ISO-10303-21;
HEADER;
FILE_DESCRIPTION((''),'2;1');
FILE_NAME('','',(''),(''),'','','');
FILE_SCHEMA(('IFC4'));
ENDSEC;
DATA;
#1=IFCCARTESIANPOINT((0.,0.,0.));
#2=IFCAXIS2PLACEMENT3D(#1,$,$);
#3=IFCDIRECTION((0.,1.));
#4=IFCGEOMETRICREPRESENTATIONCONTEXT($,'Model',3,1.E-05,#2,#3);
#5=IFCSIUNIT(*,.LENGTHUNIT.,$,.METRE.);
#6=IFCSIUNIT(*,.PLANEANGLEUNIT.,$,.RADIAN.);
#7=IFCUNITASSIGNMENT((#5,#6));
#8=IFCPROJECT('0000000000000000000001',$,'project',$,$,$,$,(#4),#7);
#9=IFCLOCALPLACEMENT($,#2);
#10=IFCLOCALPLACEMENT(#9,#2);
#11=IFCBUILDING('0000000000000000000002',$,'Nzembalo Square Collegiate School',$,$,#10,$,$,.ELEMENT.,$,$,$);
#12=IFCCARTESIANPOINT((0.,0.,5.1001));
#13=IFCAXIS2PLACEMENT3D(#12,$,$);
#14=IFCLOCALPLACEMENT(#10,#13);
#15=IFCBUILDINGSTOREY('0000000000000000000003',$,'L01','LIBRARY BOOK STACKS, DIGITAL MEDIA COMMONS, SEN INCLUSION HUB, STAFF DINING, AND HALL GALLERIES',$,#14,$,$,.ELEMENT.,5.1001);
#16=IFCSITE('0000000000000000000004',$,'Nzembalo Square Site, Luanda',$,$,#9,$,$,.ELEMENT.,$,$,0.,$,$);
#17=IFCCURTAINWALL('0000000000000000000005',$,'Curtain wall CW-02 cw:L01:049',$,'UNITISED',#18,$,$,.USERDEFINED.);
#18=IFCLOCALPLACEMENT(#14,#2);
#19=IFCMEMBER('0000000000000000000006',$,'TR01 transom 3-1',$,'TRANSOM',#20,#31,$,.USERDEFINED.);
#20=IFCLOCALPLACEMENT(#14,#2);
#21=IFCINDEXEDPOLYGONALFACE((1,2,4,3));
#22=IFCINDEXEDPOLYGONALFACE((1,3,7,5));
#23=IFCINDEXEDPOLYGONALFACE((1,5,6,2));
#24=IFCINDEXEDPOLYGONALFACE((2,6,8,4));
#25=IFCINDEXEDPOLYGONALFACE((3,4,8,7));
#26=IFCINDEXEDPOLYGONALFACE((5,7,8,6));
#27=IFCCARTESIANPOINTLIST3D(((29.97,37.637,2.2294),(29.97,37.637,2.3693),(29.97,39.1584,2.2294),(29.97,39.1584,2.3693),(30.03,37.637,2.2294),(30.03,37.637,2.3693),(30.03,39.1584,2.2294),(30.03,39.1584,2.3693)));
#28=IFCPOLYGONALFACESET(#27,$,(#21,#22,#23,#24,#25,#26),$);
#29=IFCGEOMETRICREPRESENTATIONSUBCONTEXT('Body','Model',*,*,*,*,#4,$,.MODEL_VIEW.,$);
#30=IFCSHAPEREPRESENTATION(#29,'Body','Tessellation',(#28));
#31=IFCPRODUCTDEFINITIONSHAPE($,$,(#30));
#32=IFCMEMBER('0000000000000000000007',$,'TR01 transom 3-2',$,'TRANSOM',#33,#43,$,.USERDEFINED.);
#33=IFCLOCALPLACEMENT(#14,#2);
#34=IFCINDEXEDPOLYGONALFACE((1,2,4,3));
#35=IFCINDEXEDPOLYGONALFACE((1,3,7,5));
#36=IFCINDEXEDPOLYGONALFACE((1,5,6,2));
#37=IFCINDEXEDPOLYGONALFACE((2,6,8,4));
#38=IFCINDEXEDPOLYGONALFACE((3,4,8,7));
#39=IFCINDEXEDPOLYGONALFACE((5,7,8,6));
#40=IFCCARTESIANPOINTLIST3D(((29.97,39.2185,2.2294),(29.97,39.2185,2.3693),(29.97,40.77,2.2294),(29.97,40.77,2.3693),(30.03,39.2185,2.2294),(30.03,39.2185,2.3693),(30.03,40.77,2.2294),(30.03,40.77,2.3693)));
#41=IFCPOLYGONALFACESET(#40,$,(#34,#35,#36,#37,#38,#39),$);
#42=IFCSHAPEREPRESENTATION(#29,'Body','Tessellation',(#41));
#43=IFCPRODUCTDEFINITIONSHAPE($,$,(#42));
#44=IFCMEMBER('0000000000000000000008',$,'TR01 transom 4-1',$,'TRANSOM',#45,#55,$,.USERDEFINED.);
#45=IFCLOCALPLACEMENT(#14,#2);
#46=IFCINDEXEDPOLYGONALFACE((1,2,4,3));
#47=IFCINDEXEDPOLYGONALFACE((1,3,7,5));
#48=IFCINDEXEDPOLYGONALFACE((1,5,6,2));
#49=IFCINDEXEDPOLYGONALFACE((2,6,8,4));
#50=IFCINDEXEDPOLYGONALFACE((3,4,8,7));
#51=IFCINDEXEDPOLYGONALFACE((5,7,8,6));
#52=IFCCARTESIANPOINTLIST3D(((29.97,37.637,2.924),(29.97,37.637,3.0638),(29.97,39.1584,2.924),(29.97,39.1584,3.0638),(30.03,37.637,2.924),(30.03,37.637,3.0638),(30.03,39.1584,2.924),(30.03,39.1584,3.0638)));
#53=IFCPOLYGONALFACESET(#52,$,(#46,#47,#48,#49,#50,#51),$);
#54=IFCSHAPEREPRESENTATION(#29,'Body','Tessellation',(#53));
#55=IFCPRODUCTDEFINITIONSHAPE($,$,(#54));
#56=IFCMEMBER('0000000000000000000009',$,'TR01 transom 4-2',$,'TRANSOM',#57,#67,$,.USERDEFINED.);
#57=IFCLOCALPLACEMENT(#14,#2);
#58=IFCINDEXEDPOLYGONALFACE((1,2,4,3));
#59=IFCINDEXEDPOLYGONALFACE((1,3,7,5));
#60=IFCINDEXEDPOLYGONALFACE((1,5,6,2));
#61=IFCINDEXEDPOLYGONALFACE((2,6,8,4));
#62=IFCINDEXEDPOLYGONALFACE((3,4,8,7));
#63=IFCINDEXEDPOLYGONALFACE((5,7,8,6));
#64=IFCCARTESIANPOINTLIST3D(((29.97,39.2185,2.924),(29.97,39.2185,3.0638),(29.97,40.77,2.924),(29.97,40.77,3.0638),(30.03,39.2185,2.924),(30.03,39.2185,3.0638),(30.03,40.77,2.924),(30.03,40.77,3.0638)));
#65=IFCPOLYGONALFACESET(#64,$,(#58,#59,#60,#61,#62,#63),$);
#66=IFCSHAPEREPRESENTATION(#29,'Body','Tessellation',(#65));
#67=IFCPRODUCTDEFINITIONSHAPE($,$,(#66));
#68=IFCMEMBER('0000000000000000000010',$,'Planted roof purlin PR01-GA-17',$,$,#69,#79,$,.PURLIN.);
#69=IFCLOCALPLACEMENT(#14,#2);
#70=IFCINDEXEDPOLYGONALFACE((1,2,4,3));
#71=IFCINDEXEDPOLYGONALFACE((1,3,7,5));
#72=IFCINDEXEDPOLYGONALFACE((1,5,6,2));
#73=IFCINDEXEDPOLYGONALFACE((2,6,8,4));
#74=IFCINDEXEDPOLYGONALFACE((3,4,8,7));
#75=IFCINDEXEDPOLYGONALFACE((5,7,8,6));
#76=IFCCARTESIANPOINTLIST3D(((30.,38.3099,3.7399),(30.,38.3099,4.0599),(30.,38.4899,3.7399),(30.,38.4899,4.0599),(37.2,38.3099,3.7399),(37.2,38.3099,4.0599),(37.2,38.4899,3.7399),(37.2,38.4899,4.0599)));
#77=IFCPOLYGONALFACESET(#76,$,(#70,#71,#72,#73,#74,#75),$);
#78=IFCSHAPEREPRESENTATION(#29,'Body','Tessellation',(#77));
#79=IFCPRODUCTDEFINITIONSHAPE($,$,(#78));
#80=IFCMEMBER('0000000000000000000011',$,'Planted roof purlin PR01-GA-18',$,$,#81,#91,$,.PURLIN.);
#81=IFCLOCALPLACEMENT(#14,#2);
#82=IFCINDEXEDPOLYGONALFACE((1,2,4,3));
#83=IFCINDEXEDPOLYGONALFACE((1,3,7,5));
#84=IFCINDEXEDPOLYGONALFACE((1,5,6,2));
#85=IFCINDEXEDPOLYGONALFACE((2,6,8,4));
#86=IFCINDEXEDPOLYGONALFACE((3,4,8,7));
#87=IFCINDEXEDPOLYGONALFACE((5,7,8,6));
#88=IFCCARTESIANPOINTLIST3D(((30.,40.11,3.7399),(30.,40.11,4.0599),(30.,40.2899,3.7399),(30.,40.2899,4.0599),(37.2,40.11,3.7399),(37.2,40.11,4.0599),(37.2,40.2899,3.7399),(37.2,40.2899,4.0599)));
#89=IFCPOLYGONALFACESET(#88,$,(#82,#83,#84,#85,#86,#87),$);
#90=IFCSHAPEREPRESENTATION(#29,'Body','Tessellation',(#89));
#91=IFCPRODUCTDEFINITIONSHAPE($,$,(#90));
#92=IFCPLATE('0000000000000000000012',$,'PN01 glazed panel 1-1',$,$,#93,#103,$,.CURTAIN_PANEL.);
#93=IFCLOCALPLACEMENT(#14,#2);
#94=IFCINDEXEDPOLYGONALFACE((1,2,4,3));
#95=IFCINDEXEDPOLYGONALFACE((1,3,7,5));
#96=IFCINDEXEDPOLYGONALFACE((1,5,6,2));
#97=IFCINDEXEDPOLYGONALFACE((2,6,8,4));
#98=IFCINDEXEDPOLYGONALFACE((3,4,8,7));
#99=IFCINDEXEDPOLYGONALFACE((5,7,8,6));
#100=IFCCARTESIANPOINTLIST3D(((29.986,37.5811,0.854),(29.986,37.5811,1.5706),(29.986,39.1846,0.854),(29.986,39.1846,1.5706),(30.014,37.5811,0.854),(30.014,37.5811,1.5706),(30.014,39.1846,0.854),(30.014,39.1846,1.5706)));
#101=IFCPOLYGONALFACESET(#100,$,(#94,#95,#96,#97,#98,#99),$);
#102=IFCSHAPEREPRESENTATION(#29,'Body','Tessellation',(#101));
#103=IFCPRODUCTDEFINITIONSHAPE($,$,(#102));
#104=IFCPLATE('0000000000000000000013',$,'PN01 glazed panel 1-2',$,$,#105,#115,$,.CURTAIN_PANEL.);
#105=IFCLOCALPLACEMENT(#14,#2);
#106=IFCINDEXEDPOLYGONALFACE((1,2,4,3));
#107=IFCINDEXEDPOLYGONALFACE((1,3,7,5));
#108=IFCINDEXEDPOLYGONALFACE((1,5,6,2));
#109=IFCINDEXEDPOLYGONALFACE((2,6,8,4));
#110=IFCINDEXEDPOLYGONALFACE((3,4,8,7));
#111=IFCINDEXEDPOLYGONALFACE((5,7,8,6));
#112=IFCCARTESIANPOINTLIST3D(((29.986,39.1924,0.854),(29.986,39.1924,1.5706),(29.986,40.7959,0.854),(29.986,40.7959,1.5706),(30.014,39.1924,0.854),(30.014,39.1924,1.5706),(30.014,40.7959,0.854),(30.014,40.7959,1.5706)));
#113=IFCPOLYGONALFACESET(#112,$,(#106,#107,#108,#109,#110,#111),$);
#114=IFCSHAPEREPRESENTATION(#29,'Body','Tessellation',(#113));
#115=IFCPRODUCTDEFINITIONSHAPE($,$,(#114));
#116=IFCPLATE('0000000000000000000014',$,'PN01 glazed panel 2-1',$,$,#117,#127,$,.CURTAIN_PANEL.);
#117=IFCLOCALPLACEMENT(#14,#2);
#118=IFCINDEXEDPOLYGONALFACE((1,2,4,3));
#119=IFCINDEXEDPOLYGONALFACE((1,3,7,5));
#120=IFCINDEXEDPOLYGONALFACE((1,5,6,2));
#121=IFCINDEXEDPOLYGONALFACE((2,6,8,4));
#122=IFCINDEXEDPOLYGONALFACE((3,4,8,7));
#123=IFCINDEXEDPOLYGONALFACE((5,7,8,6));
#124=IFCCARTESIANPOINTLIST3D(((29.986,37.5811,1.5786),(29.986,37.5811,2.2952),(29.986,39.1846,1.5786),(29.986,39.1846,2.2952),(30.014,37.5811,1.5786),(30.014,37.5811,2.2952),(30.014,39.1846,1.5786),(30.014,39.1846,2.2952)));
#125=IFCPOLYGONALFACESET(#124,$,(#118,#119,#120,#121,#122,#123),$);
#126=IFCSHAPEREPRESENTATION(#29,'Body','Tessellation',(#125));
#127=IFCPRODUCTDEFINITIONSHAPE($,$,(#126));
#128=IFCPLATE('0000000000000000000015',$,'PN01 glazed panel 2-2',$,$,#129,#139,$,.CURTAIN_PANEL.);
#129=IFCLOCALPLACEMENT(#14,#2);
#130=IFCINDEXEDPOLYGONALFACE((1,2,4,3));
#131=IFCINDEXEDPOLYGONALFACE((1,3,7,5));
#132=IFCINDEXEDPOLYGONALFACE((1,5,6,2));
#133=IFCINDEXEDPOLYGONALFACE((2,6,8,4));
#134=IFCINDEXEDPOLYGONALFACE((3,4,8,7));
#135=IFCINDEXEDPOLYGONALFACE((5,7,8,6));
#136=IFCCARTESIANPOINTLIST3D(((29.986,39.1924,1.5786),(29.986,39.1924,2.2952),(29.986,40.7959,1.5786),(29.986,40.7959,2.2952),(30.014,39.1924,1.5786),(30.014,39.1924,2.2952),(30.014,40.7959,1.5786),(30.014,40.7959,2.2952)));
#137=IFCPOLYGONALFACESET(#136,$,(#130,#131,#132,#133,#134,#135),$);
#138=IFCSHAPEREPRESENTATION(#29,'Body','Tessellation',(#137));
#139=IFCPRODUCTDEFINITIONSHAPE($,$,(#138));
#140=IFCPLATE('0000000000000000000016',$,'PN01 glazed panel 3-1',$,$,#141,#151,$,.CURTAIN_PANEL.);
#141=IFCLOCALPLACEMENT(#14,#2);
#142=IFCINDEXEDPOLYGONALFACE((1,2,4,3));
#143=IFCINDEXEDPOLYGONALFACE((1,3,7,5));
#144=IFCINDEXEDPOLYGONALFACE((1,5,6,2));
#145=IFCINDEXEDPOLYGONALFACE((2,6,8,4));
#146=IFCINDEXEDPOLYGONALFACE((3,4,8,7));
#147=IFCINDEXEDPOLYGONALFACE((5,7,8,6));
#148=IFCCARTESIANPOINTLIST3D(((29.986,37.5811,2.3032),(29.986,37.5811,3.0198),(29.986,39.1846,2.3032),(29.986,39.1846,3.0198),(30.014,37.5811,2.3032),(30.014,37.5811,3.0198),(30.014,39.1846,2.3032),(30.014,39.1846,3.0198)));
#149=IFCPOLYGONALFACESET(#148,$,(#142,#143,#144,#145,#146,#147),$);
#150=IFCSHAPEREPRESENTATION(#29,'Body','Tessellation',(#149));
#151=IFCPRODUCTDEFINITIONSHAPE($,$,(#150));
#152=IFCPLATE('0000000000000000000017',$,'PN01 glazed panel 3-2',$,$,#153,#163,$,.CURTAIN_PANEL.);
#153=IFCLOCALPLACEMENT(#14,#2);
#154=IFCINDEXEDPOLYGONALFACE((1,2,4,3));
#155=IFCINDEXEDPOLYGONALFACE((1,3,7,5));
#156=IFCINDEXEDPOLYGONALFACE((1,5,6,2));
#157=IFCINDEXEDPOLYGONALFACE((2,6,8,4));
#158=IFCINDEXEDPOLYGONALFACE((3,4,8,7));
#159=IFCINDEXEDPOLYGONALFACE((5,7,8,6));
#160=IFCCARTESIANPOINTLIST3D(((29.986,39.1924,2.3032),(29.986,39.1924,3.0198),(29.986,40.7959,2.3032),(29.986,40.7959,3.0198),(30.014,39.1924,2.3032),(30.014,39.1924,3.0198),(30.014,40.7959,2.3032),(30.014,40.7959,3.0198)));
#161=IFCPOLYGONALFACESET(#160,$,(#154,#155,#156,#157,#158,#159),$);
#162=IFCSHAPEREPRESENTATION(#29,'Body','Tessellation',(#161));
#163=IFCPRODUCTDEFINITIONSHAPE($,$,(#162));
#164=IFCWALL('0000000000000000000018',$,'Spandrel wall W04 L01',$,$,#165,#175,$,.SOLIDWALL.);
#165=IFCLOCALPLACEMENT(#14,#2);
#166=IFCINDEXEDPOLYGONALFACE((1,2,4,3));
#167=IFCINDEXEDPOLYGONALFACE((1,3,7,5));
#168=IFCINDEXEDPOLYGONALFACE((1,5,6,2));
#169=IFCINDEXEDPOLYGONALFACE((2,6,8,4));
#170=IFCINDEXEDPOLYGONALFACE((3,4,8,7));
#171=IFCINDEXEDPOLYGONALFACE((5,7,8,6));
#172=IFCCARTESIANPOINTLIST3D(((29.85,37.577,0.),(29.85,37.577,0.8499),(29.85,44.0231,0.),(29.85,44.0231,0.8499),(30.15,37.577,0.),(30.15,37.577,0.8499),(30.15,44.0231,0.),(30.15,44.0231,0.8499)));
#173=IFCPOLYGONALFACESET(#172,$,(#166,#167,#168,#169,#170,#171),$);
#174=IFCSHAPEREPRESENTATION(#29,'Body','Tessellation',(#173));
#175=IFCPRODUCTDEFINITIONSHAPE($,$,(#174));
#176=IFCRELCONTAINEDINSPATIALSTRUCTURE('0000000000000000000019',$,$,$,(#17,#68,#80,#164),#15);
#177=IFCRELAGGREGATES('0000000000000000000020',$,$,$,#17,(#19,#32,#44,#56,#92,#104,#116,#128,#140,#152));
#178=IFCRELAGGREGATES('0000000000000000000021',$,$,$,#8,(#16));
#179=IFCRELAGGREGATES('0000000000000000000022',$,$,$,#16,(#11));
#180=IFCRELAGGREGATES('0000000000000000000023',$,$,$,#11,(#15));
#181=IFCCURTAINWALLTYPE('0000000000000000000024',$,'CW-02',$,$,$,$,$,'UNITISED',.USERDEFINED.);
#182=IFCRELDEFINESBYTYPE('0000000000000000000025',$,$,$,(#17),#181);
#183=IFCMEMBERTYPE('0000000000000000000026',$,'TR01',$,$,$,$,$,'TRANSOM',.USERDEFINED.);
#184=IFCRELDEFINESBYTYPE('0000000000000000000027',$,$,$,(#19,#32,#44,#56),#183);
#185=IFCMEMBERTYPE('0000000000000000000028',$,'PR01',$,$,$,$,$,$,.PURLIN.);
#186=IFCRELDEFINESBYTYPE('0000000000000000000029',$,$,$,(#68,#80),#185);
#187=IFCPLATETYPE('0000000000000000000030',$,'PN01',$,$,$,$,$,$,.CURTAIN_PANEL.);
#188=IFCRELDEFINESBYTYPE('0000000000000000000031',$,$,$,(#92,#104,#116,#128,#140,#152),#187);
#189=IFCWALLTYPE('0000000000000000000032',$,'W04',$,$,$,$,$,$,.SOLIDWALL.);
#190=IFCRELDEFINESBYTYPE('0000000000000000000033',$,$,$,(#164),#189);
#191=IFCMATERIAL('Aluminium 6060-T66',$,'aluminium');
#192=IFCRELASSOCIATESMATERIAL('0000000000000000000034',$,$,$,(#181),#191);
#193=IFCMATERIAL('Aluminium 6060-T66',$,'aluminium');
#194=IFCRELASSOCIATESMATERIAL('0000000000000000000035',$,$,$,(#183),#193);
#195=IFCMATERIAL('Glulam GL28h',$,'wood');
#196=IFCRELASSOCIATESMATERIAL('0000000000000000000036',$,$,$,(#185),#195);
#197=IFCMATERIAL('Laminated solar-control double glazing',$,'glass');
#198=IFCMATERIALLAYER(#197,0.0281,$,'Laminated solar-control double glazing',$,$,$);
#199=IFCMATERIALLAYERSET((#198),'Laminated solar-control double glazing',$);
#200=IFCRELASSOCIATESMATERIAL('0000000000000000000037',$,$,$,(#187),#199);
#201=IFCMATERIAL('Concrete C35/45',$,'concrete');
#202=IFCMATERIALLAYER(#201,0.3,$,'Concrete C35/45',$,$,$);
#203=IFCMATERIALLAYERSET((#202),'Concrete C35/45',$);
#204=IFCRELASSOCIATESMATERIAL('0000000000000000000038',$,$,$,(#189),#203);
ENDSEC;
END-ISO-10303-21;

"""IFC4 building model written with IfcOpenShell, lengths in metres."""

from ifc_helpers import new_model, si_unit, direction, frame, frame_2d, origin, origin_2d, place, context, subcontext, project, spatial, rectangle, extrude, material, layer, layer_set, material_profile, profile_set, type_object, element, aggregate, save


model = new_model("IFC4")

# Units and contexts
model_context = context("Model", 3, precision=1e-05, world=origin(), true_north=direction((0.0, 1.0)))
body_context = subcontext(model_context, "Body", "Model", "MODEL_VIEW")
ifc_project = project(units=[si_unit("LENGTHUNIT", "METRE"), si_unit("PLANEANGLEUNIT", "RADIAN")], contexts=[model_context])

# Site, building, storey
site_placement = place(None, origin())
site = spatial("IfcSite", under=ifc_project, at=site_placement, Name="Nzembalo Square Site, Luanda", CompositionType="ELEMENT", RefElevation=0.0)
building_placement = place(site_placement, origin())
building = spatial("IfcBuilding", under=site, at=building_placement, Name="Nzembalo Square Collegiate School", CompositionType="ELEMENT")
storey_placement = place(building_placement, frame((0.0, 0.0, 5.1001)))
storey = spatial("IfcBuildingStorey", under=building, at=storey_placement, Name="L01", Description="LIBRARY BOOK STACKS, DIGITAL MEDIA COMMONS, SEN INCLUSION HUB, STAFF DINING, AND HALL GALLERIES", CompositionType="ELEMENT", Elevation=5.1001)

# Curtain wall, members
ifc_material_1 = material(Name="Aluminium 6060-T66", Category="aluminium")
curtain_wall_type_1 = type_object("IfcCurtainWallType", Name="CW-02", ElementType="UNITISED", PredefinedType="USERDEFINED", material=ifc_material_1)
curtain_wall_1_placement = place(storey_placement, origin())
curtain_wall_1 = element("IfcCurtainWall", 1, at=curtain_wall_1_placement, inside=storey, type_object=curtain_wall_type_1, Name="Curtain wall CW-02 cw:L01:049", ObjectType="UNITISED", PredefinedType="USERDEFINED")
ifc_material_2 = material(Name="Aluminium 6060-T66", Category="aluminium")
ifc_material_profile_1 = material_profile(ifc_material_2, rectangle(XDim=0.0601, YDim=0.1399, at=origin_2d()), Name="ALU T60x140")
ifc_profile_set_1 = profile_set([ifc_material_profile_1], Name="Aluminium 6060-T66")
member_type_1 = type_object("IfcMemberType", Name="TR01", ElementType="TRANSOM", PredefinedType="USERDEFINED", material=ifc_profile_set_1)
member_1_placement = place(storey_placement, frame((30.0, 37.637, 2.2993), z_axis=(0.0, 1.0, 0.0), x_axis=(-1.0, 0.0, 0.0)))
member_1 = element("IfcMember", 2, at=member_1_placement, type_object=member_type_1, Name="TR01 transom 3-1", ObjectType="TRANSOM", PredefinedType="USERDEFINED", context=body_context, shape_type="SweptSolid", body=[
    extrude(rectangle(XDim=0.0601, YDim=0.1399, at=origin_2d()), origin(), (0.0, 0.0, 1.0), 1.5215),
])
member_2_placement = place(storey_placement, frame((30.0, 39.2185, 2.2993), z_axis=(0.0, 1.0, 0.0), x_axis=(-1.0, 0.0, 0.0)))
member_2 = element("IfcMember", 3, at=member_2_placement, type_object=member_type_1, Name="TR01 transom 3-2", ObjectType="TRANSOM", PredefinedType="USERDEFINED", context=body_context, shape_type="SweptSolid", body=[
    extrude(rectangle(XDim=0.0601, YDim=0.1399, at=origin_2d()), origin(), (0.0, 0.0, 1.0), 1.5515),
])
member_3_placement = place(storey_placement, frame((30.0, 37.637, 2.9939), z_axis=(0.0, 1.0, 0.0), x_axis=(-1.0, 0.0, 0.0)))
member_3 = element("IfcMember", 4, at=member_3_placement, type_object=member_type_1, Name="TR01 transom 4-1", ObjectType="TRANSOM", PredefinedType="USERDEFINED", context=body_context, shape_type="SweptSolid", body=[
    extrude(rectangle(XDim=0.0601, YDim=0.1399, at=origin_2d()), origin(), (0.0, 0.0, 1.0), 1.5215),
])
member_4_placement = place(storey_placement, frame((30.0, 39.2185, 2.9939), z_axis=(0.0, 1.0, 0.0), x_axis=(-1.0, 0.0, 0.0)))
member_4 = element("IfcMember", 5, at=member_4_placement, type_object=member_type_1, Name="TR01 transom 4-2", ObjectType="TRANSOM", PredefinedType="USERDEFINED", context=body_context, shape_type="SweptSolid", body=[
    extrude(rectangle(XDim=0.0601, YDim=0.1399, at=origin_2d()), origin(), (0.0, 0.0, 1.0), 1.5515),
])

# Members
ifc_material_3 = material(Name="Glulam GL28h", Category="wood")
ifc_material_profile_2 = material_profile(ifc_material_3, rectangle(XDim=0.1799, YDim=0.3201, at=origin_2d()), Name="GL28h 180x320")
ifc_profile_set_2 = profile_set([ifc_material_profile_2], Name="Glulam GL28h")
member_type_2 = type_object("IfcMemberType", Name="PR01", PredefinedType="PURLIN", material=ifc_profile_set_2)
for number, where, z_axis, x_axis, name in (
    (6, (30.0, 38.3999, 3.8999), (1.0, 0.0, 0.0), (0.0, 1.0, 0.0), "Planted roof purlin PR01-GA-17"),
    (7, (30.0, 40.2, 3.8999), (1.0, 0.0, 0.0), (0.0, 1.0, 0.0), "Planted roof purlin PR01-GA-18"),
):
    element("IfcMember", number, at=place(storey_placement, frame(where, z_axis=z_axis, x_axis=x_axis)), inside=storey, type_object=member_type_2, Name=name, PredefinedType="PURLIN", context=body_context, shape_type="SweptSolid", body=[
        extrude(rectangle(XDim=0.1799, YDim=0.3201, at=origin_2d()), origin(), (0.0, 0.0, 1.0), 7.2),
    ])

# Plates
ifc_material_4 = material(Name="Laminated solar-control double glazing", Category="glass")
ifc_layer_1 = layer(ifc_material_4, 0.0281, Name="Laminated solar-control double glazing")
ifc_layer_set_1 = layer_set([ifc_layer_1], Name="Laminated solar-control double glazing")
plate_type = type_object("IfcPlateType", Name="PN01", PredefinedType="CURTAIN_PANEL", material=ifc_layer_set_1)
plate_1_placement = place(storey_placement, frame((30.0, 38.3828, 0.854), z_axis=(0.0, 0.0, 1.0), x_axis=(0.0, 1.0, 0.0)))
plate_1 = element("IfcPlate", 8, at=plate_1_placement, type_object=plate_type, Name="PN01 glazed panel 1-1", PredefinedType="CURTAIN_PANEL", context=body_context, shape_type="SweptSolid", body=[
    extrude(rectangle(XDim=1.6035, YDim=0.0281, at=origin_2d()), origin(), (0.0, 0.0, 1.0), 0.7166),
])
plate_2_placement = place(storey_placement, frame((30.0, 39.9941, 0.854), z_axis=(0.0, 0.0, 1.0), x_axis=(0.0, 1.0, 0.0)))
plate_2 = element("IfcPlate", 9, at=plate_2_placement, type_object=plate_type, Name="PN01 glazed panel 1-2", PredefinedType="CURTAIN_PANEL", context=body_context, shape_type="SweptSolid", body=[
    extrude(rectangle(XDim=1.6035, YDim=0.0281, at=origin_2d()), origin(), (0.0, 0.0, 1.0), 0.7166),
])
plate_3_placement = place(storey_placement, frame((30.0, 38.3828, 1.5786), z_axis=(0.0, 0.0, 1.0), x_axis=(0.0, 1.0, 0.0)))
plate_3 = element("IfcPlate", 10, at=plate_3_placement, type_object=plate_type, Name="PN01 glazed panel 2-1", PredefinedType="CURTAIN_PANEL", context=body_context, shape_type="SweptSolid", body=[
    extrude(rectangle(XDim=1.6035, YDim=0.0281, at=origin_2d()), origin(), (0.0, 0.0, 1.0), 0.7166),
])
plate_4_placement = place(storey_placement, frame((30.0, 39.9941, 1.5786), z_axis=(0.0, 0.0, 1.0), x_axis=(0.0, 1.0, 0.0)))
plate_4 = element("IfcPlate", 11, at=plate_4_placement, type_object=plate_type, Name="PN01 glazed panel 2-2", PredefinedType="CURTAIN_PANEL", context=body_context, shape_type="SweptSolid", body=[
    extrude(rectangle(XDim=1.6035, YDim=0.0281, at=origin_2d()), origin(), (0.0, 0.0, 1.0), 0.7166),
])
plate_5_placement = place(storey_placement, frame((30.0, 38.3828, 2.3032), z_axis=(0.0, 0.0, 1.0), x_axis=(0.0, 1.0, 0.0)))
plate_5 = element("IfcPlate", 12, at=plate_5_placement, type_object=plate_type, Name="PN01 glazed panel 3-1", PredefinedType="CURTAIN_PANEL", context=body_context, shape_type="SweptSolid", body=[
    extrude(rectangle(XDim=1.6035, YDim=0.0281, at=origin_2d()), origin(), (0.0, 0.0, 1.0), 0.7166),
])
plate_6_placement = place(storey_placement, frame((30.0, 39.9941, 2.3032), z_axis=(0.0, 0.0, 1.0), x_axis=(0.0, 1.0, 0.0)))
plate_6 = element("IfcPlate", 13, at=plate_6_placement, type_object=plate_type, Name="PN01 glazed panel 3-2", PredefinedType="CURTAIN_PANEL", context=body_context, shape_type="SweptSolid", body=[
    extrude(rectangle(XDim=1.6035, YDim=0.0281, at=origin_2d()), origin(), (0.0, 0.0, 1.0), 0.7166),
])
aggregate(curtain_wall_1, [member_1, member_2, member_3, member_4, plate_1, plate_2, plate_3, plate_4, plate_5, plate_6])

# Wall
ifc_material_5 = material(Name="Concrete C35/45", Category="concrete")
ifc_layer_2 = layer(ifc_material_5, 0.3, Name="Concrete C35/45")
ifc_layer_set_2 = layer_set([ifc_layer_2], Name="Concrete C35/45")
wall_type = type_object("IfcWallType", Name="W04", PredefinedType="SOLIDWALL", material=ifc_layer_set_2)
wall_placement = place(storey_placement, frame((30.0, 37.5769, 0.0), z_axis=(0.0, 0.0, 1.0), x_axis=(0.0, 1.0, 0.0)))
element("IfcWall", 14, at=wall_placement, inside=storey, type_object=wall_type, Name="Spandrel wall W04 L01", PredefinedType="SOLIDWALL", context=body_context, shape_type="SweptSolid", body=[
    extrude(rectangle(XDim=6.446, YDim=0.3, at=frame_2d((3.2231, 0.0))), origin(), (0.0, 0.0, 1.0), 0.8499),
])

save(model, "model.ifc")
